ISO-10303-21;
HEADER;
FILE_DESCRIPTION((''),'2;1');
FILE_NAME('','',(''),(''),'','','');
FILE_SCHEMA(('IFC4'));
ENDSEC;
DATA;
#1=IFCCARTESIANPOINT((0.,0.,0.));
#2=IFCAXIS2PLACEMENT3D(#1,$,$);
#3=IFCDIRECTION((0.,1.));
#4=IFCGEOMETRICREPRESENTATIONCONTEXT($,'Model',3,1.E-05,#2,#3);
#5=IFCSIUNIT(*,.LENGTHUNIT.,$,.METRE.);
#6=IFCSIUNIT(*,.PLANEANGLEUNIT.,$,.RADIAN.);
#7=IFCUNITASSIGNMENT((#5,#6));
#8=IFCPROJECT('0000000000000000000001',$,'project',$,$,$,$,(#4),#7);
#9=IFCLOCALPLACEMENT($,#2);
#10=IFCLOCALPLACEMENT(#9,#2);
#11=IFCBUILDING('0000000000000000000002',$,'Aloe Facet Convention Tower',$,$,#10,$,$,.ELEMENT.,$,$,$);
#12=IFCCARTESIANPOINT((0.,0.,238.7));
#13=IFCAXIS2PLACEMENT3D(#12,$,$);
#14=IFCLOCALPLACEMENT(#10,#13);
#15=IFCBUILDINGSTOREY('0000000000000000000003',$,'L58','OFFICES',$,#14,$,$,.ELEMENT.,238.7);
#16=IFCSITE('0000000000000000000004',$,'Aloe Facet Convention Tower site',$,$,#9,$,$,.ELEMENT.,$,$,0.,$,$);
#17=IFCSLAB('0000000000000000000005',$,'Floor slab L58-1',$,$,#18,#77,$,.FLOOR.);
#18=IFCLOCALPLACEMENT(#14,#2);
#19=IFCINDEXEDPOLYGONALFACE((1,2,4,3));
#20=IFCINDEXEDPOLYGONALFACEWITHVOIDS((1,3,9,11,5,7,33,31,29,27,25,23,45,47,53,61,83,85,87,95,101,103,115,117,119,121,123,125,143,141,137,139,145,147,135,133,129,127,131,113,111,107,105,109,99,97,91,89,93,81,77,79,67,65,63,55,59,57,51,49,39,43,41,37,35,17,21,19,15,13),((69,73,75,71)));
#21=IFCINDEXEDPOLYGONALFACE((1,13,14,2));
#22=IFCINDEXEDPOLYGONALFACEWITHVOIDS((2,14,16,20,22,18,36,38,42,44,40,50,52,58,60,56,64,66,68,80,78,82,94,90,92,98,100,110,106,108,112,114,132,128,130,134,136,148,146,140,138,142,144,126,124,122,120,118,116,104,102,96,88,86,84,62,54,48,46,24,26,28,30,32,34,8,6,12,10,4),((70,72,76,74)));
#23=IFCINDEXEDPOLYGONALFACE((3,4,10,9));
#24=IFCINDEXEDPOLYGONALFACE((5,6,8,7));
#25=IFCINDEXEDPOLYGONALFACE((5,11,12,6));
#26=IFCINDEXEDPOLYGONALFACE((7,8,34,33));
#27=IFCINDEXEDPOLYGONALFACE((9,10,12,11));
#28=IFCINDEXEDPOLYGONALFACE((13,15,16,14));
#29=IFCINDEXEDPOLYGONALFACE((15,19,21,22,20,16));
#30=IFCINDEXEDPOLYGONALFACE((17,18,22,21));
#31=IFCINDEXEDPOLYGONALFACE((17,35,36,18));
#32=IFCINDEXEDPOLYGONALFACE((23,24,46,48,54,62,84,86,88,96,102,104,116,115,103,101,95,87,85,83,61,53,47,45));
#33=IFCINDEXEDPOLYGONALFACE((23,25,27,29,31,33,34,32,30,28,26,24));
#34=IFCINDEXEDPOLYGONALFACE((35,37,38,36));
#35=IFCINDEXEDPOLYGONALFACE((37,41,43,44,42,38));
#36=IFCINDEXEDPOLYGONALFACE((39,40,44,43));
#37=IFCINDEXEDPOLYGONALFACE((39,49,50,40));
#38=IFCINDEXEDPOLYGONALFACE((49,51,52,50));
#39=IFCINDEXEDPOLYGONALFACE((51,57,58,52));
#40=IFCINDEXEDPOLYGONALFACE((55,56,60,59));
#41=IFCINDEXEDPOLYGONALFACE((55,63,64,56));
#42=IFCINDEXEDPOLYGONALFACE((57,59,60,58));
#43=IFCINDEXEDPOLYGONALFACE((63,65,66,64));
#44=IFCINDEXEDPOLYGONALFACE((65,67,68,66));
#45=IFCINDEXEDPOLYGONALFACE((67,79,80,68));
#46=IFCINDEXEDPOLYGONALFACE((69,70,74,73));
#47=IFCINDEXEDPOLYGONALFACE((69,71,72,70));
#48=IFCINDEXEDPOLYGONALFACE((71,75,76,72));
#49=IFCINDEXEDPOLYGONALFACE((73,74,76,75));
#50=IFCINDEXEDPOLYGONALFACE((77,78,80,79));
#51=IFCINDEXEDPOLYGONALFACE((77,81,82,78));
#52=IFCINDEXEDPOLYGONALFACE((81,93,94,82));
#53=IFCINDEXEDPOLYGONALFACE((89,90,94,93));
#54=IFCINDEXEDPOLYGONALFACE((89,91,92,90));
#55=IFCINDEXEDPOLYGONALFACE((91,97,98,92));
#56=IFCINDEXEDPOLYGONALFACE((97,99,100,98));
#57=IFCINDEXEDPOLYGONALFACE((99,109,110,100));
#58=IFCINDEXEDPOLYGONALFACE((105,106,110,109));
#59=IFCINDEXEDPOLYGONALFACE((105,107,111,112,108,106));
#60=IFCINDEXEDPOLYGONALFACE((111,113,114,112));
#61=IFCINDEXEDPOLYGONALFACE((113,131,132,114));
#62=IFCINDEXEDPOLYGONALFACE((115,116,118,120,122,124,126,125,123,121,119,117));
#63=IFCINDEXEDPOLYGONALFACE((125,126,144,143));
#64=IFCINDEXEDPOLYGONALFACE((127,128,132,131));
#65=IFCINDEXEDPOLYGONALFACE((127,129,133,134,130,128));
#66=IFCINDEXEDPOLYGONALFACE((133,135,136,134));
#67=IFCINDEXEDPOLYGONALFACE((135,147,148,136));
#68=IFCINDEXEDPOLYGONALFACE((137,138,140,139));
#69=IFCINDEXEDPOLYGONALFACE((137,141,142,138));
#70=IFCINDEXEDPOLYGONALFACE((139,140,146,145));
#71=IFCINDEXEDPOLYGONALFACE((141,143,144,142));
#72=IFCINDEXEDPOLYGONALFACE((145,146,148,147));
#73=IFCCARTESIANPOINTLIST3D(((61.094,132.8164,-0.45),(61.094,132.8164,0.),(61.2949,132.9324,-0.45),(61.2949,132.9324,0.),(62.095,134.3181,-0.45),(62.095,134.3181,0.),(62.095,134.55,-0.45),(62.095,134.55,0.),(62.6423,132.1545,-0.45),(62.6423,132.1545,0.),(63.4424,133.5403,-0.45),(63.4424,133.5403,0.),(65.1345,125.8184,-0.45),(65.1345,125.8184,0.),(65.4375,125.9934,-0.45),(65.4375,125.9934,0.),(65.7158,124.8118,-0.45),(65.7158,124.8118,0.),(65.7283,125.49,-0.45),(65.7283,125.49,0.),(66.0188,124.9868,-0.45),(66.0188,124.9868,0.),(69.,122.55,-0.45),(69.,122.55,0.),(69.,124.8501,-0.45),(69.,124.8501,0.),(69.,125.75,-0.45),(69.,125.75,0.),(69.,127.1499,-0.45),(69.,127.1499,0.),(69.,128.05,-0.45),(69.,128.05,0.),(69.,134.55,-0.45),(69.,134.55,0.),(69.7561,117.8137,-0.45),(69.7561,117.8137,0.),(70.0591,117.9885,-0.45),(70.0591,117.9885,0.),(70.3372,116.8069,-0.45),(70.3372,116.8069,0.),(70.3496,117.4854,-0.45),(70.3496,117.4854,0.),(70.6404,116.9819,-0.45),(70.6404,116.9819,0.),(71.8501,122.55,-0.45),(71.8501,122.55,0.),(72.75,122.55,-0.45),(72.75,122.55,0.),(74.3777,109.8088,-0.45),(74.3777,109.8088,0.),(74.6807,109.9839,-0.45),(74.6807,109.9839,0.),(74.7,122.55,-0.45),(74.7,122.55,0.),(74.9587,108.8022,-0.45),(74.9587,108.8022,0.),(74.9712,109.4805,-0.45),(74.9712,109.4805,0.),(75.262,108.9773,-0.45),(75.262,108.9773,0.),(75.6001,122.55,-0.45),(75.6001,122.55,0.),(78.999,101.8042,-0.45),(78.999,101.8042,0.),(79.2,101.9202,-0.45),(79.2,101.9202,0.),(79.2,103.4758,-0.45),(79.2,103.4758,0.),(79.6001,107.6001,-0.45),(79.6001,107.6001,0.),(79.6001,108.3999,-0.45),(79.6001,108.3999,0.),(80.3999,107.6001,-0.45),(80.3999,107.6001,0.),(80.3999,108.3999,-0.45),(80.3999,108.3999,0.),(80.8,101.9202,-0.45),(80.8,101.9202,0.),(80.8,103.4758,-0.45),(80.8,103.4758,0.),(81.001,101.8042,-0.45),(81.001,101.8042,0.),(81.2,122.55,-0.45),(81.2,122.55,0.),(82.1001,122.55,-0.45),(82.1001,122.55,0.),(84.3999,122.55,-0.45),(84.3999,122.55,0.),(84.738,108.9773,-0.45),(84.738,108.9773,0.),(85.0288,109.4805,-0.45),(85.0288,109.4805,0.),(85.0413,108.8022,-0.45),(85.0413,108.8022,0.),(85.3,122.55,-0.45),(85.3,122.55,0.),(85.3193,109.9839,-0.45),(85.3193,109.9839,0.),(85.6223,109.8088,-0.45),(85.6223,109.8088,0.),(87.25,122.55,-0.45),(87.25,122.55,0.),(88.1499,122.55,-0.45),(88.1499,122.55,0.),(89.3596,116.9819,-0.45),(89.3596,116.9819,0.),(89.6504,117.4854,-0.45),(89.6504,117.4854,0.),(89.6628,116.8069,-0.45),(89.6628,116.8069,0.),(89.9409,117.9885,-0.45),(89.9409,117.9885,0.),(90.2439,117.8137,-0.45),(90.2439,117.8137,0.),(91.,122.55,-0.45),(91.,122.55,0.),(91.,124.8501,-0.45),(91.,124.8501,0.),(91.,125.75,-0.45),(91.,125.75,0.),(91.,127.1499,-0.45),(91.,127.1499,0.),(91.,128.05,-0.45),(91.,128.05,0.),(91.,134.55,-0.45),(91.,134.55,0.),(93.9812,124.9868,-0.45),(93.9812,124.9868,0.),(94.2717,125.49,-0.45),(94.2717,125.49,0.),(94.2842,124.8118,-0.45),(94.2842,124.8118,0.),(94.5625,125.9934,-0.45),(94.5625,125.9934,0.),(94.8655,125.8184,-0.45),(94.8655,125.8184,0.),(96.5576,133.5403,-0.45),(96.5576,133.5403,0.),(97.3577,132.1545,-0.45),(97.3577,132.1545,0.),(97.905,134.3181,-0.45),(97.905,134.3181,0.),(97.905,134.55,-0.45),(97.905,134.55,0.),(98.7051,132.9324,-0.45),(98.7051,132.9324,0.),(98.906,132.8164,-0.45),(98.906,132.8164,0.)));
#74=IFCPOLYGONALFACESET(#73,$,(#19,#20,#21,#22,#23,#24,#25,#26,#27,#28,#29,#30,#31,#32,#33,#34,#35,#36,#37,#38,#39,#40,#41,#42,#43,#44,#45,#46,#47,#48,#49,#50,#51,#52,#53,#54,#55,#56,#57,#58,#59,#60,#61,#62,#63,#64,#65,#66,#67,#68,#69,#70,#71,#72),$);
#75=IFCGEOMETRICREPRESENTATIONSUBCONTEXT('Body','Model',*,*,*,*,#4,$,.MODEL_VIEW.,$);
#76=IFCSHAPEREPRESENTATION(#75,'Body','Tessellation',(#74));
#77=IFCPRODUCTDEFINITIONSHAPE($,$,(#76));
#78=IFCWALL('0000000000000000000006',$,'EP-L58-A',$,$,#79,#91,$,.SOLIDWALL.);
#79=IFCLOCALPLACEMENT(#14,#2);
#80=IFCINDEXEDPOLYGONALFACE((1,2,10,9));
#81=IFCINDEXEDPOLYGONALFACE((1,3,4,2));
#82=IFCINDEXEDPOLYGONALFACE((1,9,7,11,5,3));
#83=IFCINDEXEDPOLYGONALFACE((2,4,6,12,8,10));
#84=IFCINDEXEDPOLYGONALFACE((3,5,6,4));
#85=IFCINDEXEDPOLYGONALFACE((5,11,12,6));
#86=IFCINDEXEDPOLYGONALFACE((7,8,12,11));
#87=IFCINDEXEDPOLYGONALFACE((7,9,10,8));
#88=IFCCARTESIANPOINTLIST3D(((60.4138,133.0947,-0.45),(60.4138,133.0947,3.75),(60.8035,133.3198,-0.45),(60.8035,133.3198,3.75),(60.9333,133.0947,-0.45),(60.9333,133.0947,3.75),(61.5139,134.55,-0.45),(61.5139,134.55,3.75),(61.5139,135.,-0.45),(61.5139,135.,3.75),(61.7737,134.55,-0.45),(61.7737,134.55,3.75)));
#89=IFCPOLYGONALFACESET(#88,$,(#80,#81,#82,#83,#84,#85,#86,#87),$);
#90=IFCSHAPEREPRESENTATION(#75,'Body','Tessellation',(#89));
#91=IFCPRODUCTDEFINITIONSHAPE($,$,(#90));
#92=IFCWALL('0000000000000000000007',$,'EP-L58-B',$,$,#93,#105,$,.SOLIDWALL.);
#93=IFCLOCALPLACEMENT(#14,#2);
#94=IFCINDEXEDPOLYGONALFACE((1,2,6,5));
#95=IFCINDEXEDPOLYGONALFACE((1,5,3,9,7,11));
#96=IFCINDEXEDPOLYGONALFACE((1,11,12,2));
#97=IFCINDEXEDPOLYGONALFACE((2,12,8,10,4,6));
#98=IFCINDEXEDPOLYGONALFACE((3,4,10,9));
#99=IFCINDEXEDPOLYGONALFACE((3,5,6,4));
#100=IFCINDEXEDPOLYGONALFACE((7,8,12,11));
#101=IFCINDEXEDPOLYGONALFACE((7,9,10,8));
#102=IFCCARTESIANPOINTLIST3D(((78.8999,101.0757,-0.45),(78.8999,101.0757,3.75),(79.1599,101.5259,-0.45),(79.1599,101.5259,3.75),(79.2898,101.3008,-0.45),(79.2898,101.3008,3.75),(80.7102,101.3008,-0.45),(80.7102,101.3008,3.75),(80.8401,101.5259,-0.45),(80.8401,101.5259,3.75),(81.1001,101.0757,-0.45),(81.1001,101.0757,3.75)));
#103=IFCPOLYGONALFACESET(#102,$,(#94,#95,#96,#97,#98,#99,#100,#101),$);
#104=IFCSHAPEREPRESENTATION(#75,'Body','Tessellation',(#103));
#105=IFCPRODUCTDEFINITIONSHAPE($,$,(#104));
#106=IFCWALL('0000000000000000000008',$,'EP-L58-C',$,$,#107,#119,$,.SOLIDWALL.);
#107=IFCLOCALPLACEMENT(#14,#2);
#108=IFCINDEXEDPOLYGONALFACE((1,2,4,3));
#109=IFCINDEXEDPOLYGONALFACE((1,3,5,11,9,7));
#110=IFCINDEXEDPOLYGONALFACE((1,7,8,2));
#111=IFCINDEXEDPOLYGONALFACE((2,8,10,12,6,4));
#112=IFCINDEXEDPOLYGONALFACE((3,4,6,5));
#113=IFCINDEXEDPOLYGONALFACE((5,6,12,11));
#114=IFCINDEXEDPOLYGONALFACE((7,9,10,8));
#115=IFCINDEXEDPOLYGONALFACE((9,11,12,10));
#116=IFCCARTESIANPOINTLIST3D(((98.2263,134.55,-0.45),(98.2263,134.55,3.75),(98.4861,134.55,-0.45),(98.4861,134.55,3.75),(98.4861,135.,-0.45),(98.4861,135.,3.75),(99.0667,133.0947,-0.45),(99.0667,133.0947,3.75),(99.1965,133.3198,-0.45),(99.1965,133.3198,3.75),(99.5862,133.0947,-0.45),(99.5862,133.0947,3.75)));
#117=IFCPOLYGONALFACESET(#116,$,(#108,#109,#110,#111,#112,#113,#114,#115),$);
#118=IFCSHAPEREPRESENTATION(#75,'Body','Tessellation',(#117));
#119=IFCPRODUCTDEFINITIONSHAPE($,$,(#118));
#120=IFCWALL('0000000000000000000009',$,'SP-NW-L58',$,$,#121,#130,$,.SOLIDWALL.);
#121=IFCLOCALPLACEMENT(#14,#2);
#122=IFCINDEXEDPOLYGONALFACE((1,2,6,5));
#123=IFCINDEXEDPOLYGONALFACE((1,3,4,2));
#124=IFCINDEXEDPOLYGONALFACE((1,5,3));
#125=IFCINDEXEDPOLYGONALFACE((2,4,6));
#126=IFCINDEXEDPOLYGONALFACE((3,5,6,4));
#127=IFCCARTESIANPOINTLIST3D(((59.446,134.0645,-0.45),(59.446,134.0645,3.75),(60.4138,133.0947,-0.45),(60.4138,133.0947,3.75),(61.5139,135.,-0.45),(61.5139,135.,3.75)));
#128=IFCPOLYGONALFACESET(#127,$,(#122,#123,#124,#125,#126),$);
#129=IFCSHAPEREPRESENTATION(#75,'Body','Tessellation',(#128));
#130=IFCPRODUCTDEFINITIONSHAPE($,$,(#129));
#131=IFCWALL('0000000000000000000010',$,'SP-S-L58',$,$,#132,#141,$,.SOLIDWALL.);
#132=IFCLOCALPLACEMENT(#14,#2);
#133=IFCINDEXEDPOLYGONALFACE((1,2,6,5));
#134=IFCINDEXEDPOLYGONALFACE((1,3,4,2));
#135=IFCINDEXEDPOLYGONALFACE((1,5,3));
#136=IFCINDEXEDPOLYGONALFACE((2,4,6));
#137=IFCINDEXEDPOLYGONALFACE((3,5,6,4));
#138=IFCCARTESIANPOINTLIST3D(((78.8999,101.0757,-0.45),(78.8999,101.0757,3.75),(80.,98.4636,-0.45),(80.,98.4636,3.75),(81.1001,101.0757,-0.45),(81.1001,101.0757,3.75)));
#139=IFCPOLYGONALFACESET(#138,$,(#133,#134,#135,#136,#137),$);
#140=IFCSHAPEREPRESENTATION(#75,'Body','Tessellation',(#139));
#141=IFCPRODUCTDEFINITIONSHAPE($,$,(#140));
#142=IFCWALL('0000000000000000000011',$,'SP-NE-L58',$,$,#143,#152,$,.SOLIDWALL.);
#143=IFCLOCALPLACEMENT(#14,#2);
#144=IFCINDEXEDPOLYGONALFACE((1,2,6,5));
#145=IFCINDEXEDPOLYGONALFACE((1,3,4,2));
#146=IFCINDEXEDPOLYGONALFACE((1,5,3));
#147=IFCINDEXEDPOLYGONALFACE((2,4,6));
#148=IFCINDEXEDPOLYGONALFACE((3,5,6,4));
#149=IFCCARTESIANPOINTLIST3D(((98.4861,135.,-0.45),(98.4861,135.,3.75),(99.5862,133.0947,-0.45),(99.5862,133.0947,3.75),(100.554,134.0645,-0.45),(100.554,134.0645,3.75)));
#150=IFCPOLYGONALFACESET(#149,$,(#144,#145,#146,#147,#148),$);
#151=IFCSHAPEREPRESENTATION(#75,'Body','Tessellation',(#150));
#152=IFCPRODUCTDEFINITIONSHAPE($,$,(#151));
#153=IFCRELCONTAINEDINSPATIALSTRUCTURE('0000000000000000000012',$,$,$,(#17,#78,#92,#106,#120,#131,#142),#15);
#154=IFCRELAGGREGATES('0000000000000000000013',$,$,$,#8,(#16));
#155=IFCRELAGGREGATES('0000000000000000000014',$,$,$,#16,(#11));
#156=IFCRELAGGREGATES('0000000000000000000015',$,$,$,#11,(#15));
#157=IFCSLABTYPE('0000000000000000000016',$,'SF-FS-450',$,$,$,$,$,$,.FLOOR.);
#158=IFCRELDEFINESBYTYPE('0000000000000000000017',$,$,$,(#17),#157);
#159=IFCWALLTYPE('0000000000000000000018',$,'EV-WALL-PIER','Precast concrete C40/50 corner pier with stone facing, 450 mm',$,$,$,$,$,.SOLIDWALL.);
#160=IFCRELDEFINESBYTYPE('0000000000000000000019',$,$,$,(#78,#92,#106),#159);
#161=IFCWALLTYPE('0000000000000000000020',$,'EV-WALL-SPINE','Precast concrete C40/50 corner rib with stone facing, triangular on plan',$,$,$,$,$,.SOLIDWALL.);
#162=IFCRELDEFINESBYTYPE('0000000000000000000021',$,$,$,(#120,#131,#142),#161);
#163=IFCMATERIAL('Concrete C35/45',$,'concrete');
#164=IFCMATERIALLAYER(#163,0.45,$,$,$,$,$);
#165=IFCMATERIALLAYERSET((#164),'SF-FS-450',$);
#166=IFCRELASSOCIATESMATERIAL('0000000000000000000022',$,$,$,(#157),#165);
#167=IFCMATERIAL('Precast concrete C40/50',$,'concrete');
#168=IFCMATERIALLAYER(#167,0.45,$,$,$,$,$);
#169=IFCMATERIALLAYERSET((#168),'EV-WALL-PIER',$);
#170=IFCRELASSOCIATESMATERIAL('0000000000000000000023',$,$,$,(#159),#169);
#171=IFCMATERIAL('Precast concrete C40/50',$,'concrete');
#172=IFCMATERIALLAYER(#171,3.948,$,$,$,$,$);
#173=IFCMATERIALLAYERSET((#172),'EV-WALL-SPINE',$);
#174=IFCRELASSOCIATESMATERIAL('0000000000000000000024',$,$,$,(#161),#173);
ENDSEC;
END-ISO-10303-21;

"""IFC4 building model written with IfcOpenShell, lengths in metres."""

from ifc_helpers import new_model, si_unit, direction, frame, origin, place, context, subcontext, project, spatial, polyline, outline, extrude, material, layer, layer_set, type_object, element, save


model = new_model("IFC4")

# Units and contexts
model_context = context("Model", 3, precision=1e-05, world=origin(), true_north=direction((0.0, 1.0)))
body_context = subcontext(model_context, "Body", "Model", "MODEL_VIEW")
ifc_project = project(units=[si_unit("LENGTHUNIT", "METRE"), si_unit("PLANEANGLEUNIT", "RADIAN")], contexts=[model_context])

# Site, building, storey
site_placement = place(None, origin())
site = spatial("IfcSite", under=ifc_project, at=site_placement, Name="Aloe Facet Convention Tower site", CompositionType="ELEMENT", RefElevation=0.0)
building_placement = place(site_placement, origin())
building = spatial("IfcBuilding", under=site, at=building_placement, Name="Aloe Facet Convention Tower", CompositionType="ELEMENT")
storey_placement = place(building_placement, frame((0.0, 0.0, 238.7)))
storey = spatial("IfcBuildingStorey", under=building, at=storey_placement, Name="L58", Description="OFFICES", CompositionType="ELEMENT", Elevation=238.7)

# Slab
ifc_material_1 = material(Name="Concrete C35/45", Category="concrete")
ifc_layer_1 = layer(ifc_material_1, 0.45)
ifc_layer_set_1 = layer_set([ifc_layer_1], Name="SF-FS-450")
slab_type_1 = type_object("IfcSlabType", Name="SF-FS-450", PredefinedType="FLOOR", material=ifc_layer_set_1)
slab_1_placement = place(storey_placement, frame((0.0, 0.0, -0.45)))
element("IfcSlab", 1, at=slab_1_placement, inside=storey, type_object=slab_type_1, Name="Floor slab L58-1", PredefinedType="FLOOR", context=body_context, shape_type="SweptSolid", body=[
    extrude(outline(polyline([(94.8655, 125.8184), (94.5625, 125.9934), (94.2717, 125.49), (93.9812, 124.9868), (94.2842, 124.8118), (90.2439, 117.8137), (89.9409, 117.9885), (89.6504, 117.4854), (89.3596, 116.9819), (89.6628, 116.8069), (85.6223, 109.8088), (85.3193, 109.9839), (85.0288, 109.4805), (84.738, 108.9773), (85.0413, 108.8022), (81.001, 101.8042), (80.8, 101.9202), (80.8, 103.4758), (79.2, 103.4758), (79.2, 101.9202), (78.999, 101.8042), (74.9587, 108.8022), (75.262, 108.9773), (74.9712, 109.4805), (74.6807, 109.9839), (74.3777, 109.8088), (70.3372, 116.8069), (70.6404, 116.9819), (70.3496, 117.4854), (70.0591, 117.9885), (69.7561, 117.8137), (65.7158, 124.8118), (66.0188, 124.9868), (65.7283, 125.49), (65.4375, 125.9934), (65.1345, 125.8184), (61.094, 132.8164), (61.2949, 132.9324), (62.6423, 132.1545), (63.4424, 133.5403), (62.095, 134.3181), (62.095, 134.55), (69.0, 134.55), (69.0, 128.05), (69.0, 127.1499), (69.0, 125.75), (69.0, 124.8501), (69.0, 122.55), (71.8501, 122.55), (72.75, 122.55), (74.7, 122.55), (75.6001, 122.55), (81.2, 122.55), (82.1001, 122.55), (84.3999, 122.55), (85.3, 122.55), (87.25, 122.55), (88.1499, 122.55), (91.0, 122.55), (91.0, 124.8501), (91.0, 125.75), (91.0, 127.1499), (91.0, 128.05), (91.0, 134.55), (97.905, 134.55), (97.905, 134.3181), (96.5576, 133.5403), (97.3577, 132.1545), (98.7051, 132.9324), (98.906, 132.8164), (94.8655, 125.8184)]), holes=[polyline([(80.3999, 107.6001), (80.3999, 108.3999), (79.6001, 108.3999), (79.6001, 107.6001), (80.3999, 107.6001)])]), origin(), (0.0, 0.0, 1.0), 0.45),
])

# Walls
ifc_material_2 = material(Name="Precast concrete C40/50", Category="concrete")
ifc_layer_2 = layer(ifc_material_2, 0.45)
ifc_layer_set_2 = layer_set([ifc_layer_2], Name="EV-WALL-PIER")
wall_type_1 = type_object("IfcWallType", Name="EV-WALL-PIER", Description="Precast concrete C40/50 corner pier with stone facing, 450 mm", PredefinedType="SOLIDWALL", material=ifc_layer_set_2)
wall_1_placement = place(storey_placement, frame((0.0, 0.0, -0.45)))
element("IfcWall", 2, at=wall_1_placement, inside=storey, type_object=wall_type_1, Name="EP-L58-A", PredefinedType="SOLIDWALL", context=body_context, shape_type="SweptSolid", body=[
    extrude(outline(polyline([(61.5139, 135.0), (61.5139, 134.55), (61.7737, 134.55), (60.9333, 133.0947), (60.8035, 133.3198), (60.4138, 133.0947), (61.5139, 135.0)])), origin(), (0.0, 0.0, 1.0), 4.2),
])
wall_2_placement = place(storey_placement, frame((0.0, 0.0, -0.45)))
element("IfcWall", 3, at=wall_2_placement, inside=storey, type_object=wall_type_1, Name="EP-L58-B", PredefinedType="SOLIDWALL", context=body_context, shape_type="SweptSolid", body=[
    extrude(outline(polyline([(78.8999, 101.0757), (79.2898, 101.3008), (79.1599, 101.5259), (80.8401, 101.5259), (80.7102, 101.3008), (81.1001, 101.0757), (78.8999, 101.0757)])), origin(), (0.0, 0.0, 1.0), 4.2),
])
wall_3_placement = place(storey_placement, frame((0.0, 0.0, -0.45)))
element("IfcWall", 4, at=wall_3_placement, inside=storey, type_object=wall_type_1, Name="EP-L58-C", PredefinedType="SOLIDWALL", context=body_context, shape_type="SweptSolid", body=[
    extrude(outline(polyline([(99.5862, 133.0947), (99.1965, 133.3198), (99.0667, 133.0947), (98.2263, 134.55), (98.4861, 134.55), (98.4861, 135.0), (99.5862, 133.0947)])), origin(), (0.0, 0.0, 1.0), 4.2),
])
ifc_material_3 = material(Name="Precast concrete C40/50", Category="concrete")
ifc_layer_3 = layer(ifc_material_3, 3.948)
ifc_layer_set_3 = layer_set([ifc_layer_3], Name="EV-WALL-SPINE")
wall_type_2 = type_object("IfcWallType", Name="EV-WALL-SPINE", Description="Precast concrete C40/50 corner rib with stone facing, triangular on plan", PredefinedType="SOLIDWALL", material=ifc_layer_set_3)
wall_4_placement = place(storey_placement, frame((0.0, 0.0, -0.45)))
element("IfcWall", 5, at=wall_4_placement, inside=storey, type_object=wall_type_2, Name="SP-NW-L58", PredefinedType="SOLIDWALL", context=body_context, shape_type="SweptSolid", body=[
    extrude(outline(polyline([(61.5139, 135.0), (59.446, 134.0645), (60.4138, 133.0947), (61.5139, 135.0)])), origin(), (0.0, 0.0, 1.0), 4.2),
])
wall_5_placement = place(storey_placement, frame((0.0, 0.0, -0.45)))
element("IfcWall", 6, at=wall_5_placement, inside=storey, type_object=wall_type_2, Name="SP-S-L58", PredefinedType="SOLIDWALL", context=body_context, shape_type="SweptSolid", body=[
    extrude(outline(polyline([(78.8999, 101.0757), (80.0, 98.4636), (81.1001, 101.0757), (78.8999, 101.0757)])), origin(), (0.0, 0.0, 1.0), 4.2),
])
wall_6_placement = place(storey_placement, frame((0.0, 0.0, -0.45)))
element("IfcWall", 7, at=wall_6_placement, inside=storey, type_object=wall_type_2, Name="SP-NE-L58", PredefinedType="SOLIDWALL", context=body_context, shape_type="SweptSolid", body=[
    extrude(outline(polyline([(99.5862, 133.0947), (100.554, 134.0645), (98.4861, 135.0), (99.5862, 133.0947)])), origin(), (0.0, 0.0, 1.0), 4.2),
])

save(model, "model.ifc")
